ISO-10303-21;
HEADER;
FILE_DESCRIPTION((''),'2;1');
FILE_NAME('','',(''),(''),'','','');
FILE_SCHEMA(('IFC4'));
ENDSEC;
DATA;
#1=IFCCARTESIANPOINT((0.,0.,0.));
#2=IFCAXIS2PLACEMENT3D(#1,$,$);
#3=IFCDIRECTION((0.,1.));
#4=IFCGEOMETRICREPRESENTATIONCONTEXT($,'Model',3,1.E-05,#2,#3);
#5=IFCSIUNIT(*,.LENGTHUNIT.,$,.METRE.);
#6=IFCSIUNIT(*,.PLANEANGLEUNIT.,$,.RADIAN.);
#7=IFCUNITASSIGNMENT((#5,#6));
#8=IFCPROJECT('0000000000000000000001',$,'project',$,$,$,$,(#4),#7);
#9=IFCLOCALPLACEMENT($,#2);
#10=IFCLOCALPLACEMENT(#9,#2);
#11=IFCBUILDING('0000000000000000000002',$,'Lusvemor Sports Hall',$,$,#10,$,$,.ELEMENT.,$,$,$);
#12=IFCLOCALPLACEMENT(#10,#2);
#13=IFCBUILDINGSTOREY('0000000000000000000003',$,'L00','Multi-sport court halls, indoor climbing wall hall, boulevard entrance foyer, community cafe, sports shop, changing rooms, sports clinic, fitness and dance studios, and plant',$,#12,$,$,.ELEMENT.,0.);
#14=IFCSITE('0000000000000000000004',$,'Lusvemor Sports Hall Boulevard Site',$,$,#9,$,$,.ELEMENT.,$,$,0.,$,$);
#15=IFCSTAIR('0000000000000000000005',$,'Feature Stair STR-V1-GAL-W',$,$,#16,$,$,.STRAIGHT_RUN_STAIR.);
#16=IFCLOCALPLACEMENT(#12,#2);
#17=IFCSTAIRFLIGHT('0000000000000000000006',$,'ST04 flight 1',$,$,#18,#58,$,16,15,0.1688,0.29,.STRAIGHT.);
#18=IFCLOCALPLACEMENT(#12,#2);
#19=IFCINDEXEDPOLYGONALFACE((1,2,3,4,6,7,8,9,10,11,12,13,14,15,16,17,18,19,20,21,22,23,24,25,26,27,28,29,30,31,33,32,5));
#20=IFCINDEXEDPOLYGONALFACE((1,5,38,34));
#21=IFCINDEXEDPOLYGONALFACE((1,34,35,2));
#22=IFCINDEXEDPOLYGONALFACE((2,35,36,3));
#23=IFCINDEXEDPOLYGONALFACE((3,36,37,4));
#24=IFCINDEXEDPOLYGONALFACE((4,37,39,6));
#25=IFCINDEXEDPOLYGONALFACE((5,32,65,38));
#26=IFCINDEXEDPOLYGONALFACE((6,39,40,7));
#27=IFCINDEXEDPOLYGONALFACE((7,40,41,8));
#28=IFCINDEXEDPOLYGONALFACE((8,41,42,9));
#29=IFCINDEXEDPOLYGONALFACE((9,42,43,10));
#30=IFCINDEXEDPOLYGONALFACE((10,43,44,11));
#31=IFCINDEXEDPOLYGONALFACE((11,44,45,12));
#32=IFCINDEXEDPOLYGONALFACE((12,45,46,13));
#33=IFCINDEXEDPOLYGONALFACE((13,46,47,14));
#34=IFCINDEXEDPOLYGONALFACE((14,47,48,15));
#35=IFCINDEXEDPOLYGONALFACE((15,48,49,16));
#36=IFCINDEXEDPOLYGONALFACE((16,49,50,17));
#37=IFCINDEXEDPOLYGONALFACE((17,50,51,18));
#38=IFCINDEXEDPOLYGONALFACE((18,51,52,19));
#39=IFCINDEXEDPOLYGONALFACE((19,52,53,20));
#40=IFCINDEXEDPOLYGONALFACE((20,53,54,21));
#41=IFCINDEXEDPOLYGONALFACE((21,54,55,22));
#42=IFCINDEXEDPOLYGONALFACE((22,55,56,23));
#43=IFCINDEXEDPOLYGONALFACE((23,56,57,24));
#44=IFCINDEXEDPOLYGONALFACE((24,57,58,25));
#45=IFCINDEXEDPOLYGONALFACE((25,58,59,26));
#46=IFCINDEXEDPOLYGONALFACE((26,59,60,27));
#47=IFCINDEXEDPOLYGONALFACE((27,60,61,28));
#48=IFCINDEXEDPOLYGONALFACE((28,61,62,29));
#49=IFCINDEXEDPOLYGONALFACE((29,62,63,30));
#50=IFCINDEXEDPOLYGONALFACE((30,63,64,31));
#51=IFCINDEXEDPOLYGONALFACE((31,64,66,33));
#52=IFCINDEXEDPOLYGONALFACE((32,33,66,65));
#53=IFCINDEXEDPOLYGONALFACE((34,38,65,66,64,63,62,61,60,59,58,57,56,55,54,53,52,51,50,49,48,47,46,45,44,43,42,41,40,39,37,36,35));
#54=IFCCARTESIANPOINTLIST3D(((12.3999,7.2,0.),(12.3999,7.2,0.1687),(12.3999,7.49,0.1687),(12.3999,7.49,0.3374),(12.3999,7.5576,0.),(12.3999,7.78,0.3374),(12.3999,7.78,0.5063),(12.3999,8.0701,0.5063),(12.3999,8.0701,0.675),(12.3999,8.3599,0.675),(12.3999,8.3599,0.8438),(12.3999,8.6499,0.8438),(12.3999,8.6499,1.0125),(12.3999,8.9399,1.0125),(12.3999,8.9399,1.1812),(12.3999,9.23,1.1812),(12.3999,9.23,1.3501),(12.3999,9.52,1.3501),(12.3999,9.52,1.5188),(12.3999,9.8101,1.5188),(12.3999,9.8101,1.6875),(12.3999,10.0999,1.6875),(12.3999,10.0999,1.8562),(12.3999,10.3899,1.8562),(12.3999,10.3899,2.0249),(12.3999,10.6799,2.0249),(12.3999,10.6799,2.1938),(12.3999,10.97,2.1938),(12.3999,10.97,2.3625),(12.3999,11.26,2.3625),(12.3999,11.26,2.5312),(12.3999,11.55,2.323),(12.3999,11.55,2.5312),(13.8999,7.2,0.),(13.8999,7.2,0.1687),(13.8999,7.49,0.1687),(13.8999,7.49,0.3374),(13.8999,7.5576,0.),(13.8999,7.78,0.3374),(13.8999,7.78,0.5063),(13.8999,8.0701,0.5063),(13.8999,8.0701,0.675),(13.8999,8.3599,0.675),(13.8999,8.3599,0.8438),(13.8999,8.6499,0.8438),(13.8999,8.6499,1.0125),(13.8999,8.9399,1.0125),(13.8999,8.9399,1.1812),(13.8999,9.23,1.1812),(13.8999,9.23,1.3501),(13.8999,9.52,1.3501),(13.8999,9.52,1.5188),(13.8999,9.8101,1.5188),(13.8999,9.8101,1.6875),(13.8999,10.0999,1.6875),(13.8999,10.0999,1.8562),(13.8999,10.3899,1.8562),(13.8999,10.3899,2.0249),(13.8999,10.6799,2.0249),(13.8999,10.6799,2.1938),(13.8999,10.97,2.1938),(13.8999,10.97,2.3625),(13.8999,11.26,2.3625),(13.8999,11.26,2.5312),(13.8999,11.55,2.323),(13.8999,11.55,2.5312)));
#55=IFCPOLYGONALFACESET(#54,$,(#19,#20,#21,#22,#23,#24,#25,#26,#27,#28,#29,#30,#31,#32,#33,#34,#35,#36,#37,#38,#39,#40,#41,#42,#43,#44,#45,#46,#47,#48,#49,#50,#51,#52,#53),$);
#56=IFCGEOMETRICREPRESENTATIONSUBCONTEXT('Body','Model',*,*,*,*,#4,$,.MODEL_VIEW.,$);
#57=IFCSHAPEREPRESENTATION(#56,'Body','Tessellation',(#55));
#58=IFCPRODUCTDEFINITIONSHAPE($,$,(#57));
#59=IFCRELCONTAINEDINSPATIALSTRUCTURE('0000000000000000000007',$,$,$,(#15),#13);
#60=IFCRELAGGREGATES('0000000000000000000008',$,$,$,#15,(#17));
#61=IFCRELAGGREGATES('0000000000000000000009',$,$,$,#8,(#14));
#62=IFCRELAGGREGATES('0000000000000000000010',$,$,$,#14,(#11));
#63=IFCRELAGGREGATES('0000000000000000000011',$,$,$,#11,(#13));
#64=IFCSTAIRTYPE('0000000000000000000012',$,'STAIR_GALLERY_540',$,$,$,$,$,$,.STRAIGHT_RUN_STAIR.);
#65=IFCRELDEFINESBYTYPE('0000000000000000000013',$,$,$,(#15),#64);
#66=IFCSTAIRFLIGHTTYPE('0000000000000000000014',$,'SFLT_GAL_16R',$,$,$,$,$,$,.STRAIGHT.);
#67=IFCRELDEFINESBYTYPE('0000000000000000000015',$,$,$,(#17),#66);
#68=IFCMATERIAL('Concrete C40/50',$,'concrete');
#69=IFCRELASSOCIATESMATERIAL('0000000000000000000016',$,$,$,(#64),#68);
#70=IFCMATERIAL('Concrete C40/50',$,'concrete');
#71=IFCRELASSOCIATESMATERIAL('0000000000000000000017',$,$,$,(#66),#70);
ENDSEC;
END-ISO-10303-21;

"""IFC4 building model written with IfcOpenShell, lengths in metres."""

from ifc_helpers import new_model, si_unit, direction, frame, origin, place, context, subcontext, project, spatial, polyline, outline, extrude, material, type_object, element, aggregate, save


model = new_model("IFC4")

# Units and contexts
model_context = context("Model", 3, precision=1e-05, world=origin(), true_north=direction((0.0, 1.0)))
body_context = subcontext(model_context, "Body", "Model", "MODEL_VIEW")
ifc_project = project(units=[si_unit("LENGTHUNIT", "METRE"), si_unit("PLANEANGLEUNIT", "RADIAN")], contexts=[model_context])

# Site, building, storey
site_placement = place(None, origin())
site = spatial("IfcSite", under=ifc_project, at=site_placement, Name="Lusvemor Sports Hall Boulevard Site", CompositionType="ELEMENT", RefElevation=0.0)
building_placement = place(site_placement, origin())
building = spatial("IfcBuilding", under=site, at=building_placement, Name="Lusvemor Sports Hall", CompositionType="ELEMENT")
storey_placement = place(building_placement, origin())
storey = spatial("IfcBuildingStorey", under=building, at=storey_placement, Name="L00", Description="Multi-sport court halls, indoor climbing wall hall, boulevard entrance foyer, community cafe, sports shop, changing rooms, sports clinic, fitness and dance studios, and plant", CompositionType="ELEMENT", Elevation=0.0)

# Stair, stair flight
ifc_material_1 = material(Name="Concrete C40/50", Category="concrete")
stair_type = type_object("IfcStairType", Name="STAIR_GALLERY_540", PredefinedType="STRAIGHT_RUN_STAIR", material=ifc_material_1)
stair_placement = place(storey_placement, origin())
stair = element("IfcStair", 1, at=stair_placement, inside=storey, type_object=stair_type, Name="Feature Stair STR-V1-GAL-W", PredefinedType="STRAIGHT_RUN_STAIR")
ifc_material_2 = material(Name="Concrete C40/50", Category="concrete")
stair_flight_type = type_object("IfcStairFlightType", Name="SFLT_GAL_16R", PredefinedType="STRAIGHT", material=ifc_material_2)
stair_flight_placement = place(storey_placement, frame((13.1499, 7.2, 0.0), z_axis=(0.0, 0.0, 1.0), x_axis=(0.0, 1.0, 0.0)))
stair_flight = element("IfcStairFlight", 2, at=stair_flight_placement, type_object=stair_flight_type, Name="ST04 flight 1", NumberOfRisers=16, NumberOfTreads=15, PredefinedType="STRAIGHT", RiserHeight=0.1688, TreadLength=0.29, context=body_context, shape_type="SweptSolid", body=[
    extrude(outline(polyline([(0.0, 0.0), (0.0, 0.1687), (0.29, 0.1687), (0.29, 0.3374), (0.5801, 0.3374), (0.5801, 0.5063), (0.8701, 0.5063), (0.8701, 0.675), (1.1599, 0.675), (1.1599, 0.8438), (1.45, 0.8438), (1.45, 1.0125), (1.74, 1.0125), (1.74, 1.1812), (2.03, 1.1812), (2.03, 1.3501), (2.3201, 1.3501), (2.3201, 1.5188), (2.6101, 1.5188), (2.6101, 1.6875), (2.8999, 1.6875), (2.8999, 1.8562), (3.1899, 1.8562), (3.1899, 2.0249), (3.48, 2.0249), (3.48, 2.1938), (3.77, 2.1938), (3.77, 2.3625), (4.0601, 2.3625), (4.0601, 2.5312), (4.3501, 2.5312), (4.3501, 2.7), (4.3501, 2.323), (0.3577, 0.0), (0.0, 0.0)])), frame((0.0, 0.75, 0.0), z_axis=(0.0, -1.0, 0.0), x_axis=(1.0, 0.0, 0.0)), (0.0, 0.0, 1.0), 1.5),
])
aggregate(stair, [stair_flight])

save(model, "model.ifc")
